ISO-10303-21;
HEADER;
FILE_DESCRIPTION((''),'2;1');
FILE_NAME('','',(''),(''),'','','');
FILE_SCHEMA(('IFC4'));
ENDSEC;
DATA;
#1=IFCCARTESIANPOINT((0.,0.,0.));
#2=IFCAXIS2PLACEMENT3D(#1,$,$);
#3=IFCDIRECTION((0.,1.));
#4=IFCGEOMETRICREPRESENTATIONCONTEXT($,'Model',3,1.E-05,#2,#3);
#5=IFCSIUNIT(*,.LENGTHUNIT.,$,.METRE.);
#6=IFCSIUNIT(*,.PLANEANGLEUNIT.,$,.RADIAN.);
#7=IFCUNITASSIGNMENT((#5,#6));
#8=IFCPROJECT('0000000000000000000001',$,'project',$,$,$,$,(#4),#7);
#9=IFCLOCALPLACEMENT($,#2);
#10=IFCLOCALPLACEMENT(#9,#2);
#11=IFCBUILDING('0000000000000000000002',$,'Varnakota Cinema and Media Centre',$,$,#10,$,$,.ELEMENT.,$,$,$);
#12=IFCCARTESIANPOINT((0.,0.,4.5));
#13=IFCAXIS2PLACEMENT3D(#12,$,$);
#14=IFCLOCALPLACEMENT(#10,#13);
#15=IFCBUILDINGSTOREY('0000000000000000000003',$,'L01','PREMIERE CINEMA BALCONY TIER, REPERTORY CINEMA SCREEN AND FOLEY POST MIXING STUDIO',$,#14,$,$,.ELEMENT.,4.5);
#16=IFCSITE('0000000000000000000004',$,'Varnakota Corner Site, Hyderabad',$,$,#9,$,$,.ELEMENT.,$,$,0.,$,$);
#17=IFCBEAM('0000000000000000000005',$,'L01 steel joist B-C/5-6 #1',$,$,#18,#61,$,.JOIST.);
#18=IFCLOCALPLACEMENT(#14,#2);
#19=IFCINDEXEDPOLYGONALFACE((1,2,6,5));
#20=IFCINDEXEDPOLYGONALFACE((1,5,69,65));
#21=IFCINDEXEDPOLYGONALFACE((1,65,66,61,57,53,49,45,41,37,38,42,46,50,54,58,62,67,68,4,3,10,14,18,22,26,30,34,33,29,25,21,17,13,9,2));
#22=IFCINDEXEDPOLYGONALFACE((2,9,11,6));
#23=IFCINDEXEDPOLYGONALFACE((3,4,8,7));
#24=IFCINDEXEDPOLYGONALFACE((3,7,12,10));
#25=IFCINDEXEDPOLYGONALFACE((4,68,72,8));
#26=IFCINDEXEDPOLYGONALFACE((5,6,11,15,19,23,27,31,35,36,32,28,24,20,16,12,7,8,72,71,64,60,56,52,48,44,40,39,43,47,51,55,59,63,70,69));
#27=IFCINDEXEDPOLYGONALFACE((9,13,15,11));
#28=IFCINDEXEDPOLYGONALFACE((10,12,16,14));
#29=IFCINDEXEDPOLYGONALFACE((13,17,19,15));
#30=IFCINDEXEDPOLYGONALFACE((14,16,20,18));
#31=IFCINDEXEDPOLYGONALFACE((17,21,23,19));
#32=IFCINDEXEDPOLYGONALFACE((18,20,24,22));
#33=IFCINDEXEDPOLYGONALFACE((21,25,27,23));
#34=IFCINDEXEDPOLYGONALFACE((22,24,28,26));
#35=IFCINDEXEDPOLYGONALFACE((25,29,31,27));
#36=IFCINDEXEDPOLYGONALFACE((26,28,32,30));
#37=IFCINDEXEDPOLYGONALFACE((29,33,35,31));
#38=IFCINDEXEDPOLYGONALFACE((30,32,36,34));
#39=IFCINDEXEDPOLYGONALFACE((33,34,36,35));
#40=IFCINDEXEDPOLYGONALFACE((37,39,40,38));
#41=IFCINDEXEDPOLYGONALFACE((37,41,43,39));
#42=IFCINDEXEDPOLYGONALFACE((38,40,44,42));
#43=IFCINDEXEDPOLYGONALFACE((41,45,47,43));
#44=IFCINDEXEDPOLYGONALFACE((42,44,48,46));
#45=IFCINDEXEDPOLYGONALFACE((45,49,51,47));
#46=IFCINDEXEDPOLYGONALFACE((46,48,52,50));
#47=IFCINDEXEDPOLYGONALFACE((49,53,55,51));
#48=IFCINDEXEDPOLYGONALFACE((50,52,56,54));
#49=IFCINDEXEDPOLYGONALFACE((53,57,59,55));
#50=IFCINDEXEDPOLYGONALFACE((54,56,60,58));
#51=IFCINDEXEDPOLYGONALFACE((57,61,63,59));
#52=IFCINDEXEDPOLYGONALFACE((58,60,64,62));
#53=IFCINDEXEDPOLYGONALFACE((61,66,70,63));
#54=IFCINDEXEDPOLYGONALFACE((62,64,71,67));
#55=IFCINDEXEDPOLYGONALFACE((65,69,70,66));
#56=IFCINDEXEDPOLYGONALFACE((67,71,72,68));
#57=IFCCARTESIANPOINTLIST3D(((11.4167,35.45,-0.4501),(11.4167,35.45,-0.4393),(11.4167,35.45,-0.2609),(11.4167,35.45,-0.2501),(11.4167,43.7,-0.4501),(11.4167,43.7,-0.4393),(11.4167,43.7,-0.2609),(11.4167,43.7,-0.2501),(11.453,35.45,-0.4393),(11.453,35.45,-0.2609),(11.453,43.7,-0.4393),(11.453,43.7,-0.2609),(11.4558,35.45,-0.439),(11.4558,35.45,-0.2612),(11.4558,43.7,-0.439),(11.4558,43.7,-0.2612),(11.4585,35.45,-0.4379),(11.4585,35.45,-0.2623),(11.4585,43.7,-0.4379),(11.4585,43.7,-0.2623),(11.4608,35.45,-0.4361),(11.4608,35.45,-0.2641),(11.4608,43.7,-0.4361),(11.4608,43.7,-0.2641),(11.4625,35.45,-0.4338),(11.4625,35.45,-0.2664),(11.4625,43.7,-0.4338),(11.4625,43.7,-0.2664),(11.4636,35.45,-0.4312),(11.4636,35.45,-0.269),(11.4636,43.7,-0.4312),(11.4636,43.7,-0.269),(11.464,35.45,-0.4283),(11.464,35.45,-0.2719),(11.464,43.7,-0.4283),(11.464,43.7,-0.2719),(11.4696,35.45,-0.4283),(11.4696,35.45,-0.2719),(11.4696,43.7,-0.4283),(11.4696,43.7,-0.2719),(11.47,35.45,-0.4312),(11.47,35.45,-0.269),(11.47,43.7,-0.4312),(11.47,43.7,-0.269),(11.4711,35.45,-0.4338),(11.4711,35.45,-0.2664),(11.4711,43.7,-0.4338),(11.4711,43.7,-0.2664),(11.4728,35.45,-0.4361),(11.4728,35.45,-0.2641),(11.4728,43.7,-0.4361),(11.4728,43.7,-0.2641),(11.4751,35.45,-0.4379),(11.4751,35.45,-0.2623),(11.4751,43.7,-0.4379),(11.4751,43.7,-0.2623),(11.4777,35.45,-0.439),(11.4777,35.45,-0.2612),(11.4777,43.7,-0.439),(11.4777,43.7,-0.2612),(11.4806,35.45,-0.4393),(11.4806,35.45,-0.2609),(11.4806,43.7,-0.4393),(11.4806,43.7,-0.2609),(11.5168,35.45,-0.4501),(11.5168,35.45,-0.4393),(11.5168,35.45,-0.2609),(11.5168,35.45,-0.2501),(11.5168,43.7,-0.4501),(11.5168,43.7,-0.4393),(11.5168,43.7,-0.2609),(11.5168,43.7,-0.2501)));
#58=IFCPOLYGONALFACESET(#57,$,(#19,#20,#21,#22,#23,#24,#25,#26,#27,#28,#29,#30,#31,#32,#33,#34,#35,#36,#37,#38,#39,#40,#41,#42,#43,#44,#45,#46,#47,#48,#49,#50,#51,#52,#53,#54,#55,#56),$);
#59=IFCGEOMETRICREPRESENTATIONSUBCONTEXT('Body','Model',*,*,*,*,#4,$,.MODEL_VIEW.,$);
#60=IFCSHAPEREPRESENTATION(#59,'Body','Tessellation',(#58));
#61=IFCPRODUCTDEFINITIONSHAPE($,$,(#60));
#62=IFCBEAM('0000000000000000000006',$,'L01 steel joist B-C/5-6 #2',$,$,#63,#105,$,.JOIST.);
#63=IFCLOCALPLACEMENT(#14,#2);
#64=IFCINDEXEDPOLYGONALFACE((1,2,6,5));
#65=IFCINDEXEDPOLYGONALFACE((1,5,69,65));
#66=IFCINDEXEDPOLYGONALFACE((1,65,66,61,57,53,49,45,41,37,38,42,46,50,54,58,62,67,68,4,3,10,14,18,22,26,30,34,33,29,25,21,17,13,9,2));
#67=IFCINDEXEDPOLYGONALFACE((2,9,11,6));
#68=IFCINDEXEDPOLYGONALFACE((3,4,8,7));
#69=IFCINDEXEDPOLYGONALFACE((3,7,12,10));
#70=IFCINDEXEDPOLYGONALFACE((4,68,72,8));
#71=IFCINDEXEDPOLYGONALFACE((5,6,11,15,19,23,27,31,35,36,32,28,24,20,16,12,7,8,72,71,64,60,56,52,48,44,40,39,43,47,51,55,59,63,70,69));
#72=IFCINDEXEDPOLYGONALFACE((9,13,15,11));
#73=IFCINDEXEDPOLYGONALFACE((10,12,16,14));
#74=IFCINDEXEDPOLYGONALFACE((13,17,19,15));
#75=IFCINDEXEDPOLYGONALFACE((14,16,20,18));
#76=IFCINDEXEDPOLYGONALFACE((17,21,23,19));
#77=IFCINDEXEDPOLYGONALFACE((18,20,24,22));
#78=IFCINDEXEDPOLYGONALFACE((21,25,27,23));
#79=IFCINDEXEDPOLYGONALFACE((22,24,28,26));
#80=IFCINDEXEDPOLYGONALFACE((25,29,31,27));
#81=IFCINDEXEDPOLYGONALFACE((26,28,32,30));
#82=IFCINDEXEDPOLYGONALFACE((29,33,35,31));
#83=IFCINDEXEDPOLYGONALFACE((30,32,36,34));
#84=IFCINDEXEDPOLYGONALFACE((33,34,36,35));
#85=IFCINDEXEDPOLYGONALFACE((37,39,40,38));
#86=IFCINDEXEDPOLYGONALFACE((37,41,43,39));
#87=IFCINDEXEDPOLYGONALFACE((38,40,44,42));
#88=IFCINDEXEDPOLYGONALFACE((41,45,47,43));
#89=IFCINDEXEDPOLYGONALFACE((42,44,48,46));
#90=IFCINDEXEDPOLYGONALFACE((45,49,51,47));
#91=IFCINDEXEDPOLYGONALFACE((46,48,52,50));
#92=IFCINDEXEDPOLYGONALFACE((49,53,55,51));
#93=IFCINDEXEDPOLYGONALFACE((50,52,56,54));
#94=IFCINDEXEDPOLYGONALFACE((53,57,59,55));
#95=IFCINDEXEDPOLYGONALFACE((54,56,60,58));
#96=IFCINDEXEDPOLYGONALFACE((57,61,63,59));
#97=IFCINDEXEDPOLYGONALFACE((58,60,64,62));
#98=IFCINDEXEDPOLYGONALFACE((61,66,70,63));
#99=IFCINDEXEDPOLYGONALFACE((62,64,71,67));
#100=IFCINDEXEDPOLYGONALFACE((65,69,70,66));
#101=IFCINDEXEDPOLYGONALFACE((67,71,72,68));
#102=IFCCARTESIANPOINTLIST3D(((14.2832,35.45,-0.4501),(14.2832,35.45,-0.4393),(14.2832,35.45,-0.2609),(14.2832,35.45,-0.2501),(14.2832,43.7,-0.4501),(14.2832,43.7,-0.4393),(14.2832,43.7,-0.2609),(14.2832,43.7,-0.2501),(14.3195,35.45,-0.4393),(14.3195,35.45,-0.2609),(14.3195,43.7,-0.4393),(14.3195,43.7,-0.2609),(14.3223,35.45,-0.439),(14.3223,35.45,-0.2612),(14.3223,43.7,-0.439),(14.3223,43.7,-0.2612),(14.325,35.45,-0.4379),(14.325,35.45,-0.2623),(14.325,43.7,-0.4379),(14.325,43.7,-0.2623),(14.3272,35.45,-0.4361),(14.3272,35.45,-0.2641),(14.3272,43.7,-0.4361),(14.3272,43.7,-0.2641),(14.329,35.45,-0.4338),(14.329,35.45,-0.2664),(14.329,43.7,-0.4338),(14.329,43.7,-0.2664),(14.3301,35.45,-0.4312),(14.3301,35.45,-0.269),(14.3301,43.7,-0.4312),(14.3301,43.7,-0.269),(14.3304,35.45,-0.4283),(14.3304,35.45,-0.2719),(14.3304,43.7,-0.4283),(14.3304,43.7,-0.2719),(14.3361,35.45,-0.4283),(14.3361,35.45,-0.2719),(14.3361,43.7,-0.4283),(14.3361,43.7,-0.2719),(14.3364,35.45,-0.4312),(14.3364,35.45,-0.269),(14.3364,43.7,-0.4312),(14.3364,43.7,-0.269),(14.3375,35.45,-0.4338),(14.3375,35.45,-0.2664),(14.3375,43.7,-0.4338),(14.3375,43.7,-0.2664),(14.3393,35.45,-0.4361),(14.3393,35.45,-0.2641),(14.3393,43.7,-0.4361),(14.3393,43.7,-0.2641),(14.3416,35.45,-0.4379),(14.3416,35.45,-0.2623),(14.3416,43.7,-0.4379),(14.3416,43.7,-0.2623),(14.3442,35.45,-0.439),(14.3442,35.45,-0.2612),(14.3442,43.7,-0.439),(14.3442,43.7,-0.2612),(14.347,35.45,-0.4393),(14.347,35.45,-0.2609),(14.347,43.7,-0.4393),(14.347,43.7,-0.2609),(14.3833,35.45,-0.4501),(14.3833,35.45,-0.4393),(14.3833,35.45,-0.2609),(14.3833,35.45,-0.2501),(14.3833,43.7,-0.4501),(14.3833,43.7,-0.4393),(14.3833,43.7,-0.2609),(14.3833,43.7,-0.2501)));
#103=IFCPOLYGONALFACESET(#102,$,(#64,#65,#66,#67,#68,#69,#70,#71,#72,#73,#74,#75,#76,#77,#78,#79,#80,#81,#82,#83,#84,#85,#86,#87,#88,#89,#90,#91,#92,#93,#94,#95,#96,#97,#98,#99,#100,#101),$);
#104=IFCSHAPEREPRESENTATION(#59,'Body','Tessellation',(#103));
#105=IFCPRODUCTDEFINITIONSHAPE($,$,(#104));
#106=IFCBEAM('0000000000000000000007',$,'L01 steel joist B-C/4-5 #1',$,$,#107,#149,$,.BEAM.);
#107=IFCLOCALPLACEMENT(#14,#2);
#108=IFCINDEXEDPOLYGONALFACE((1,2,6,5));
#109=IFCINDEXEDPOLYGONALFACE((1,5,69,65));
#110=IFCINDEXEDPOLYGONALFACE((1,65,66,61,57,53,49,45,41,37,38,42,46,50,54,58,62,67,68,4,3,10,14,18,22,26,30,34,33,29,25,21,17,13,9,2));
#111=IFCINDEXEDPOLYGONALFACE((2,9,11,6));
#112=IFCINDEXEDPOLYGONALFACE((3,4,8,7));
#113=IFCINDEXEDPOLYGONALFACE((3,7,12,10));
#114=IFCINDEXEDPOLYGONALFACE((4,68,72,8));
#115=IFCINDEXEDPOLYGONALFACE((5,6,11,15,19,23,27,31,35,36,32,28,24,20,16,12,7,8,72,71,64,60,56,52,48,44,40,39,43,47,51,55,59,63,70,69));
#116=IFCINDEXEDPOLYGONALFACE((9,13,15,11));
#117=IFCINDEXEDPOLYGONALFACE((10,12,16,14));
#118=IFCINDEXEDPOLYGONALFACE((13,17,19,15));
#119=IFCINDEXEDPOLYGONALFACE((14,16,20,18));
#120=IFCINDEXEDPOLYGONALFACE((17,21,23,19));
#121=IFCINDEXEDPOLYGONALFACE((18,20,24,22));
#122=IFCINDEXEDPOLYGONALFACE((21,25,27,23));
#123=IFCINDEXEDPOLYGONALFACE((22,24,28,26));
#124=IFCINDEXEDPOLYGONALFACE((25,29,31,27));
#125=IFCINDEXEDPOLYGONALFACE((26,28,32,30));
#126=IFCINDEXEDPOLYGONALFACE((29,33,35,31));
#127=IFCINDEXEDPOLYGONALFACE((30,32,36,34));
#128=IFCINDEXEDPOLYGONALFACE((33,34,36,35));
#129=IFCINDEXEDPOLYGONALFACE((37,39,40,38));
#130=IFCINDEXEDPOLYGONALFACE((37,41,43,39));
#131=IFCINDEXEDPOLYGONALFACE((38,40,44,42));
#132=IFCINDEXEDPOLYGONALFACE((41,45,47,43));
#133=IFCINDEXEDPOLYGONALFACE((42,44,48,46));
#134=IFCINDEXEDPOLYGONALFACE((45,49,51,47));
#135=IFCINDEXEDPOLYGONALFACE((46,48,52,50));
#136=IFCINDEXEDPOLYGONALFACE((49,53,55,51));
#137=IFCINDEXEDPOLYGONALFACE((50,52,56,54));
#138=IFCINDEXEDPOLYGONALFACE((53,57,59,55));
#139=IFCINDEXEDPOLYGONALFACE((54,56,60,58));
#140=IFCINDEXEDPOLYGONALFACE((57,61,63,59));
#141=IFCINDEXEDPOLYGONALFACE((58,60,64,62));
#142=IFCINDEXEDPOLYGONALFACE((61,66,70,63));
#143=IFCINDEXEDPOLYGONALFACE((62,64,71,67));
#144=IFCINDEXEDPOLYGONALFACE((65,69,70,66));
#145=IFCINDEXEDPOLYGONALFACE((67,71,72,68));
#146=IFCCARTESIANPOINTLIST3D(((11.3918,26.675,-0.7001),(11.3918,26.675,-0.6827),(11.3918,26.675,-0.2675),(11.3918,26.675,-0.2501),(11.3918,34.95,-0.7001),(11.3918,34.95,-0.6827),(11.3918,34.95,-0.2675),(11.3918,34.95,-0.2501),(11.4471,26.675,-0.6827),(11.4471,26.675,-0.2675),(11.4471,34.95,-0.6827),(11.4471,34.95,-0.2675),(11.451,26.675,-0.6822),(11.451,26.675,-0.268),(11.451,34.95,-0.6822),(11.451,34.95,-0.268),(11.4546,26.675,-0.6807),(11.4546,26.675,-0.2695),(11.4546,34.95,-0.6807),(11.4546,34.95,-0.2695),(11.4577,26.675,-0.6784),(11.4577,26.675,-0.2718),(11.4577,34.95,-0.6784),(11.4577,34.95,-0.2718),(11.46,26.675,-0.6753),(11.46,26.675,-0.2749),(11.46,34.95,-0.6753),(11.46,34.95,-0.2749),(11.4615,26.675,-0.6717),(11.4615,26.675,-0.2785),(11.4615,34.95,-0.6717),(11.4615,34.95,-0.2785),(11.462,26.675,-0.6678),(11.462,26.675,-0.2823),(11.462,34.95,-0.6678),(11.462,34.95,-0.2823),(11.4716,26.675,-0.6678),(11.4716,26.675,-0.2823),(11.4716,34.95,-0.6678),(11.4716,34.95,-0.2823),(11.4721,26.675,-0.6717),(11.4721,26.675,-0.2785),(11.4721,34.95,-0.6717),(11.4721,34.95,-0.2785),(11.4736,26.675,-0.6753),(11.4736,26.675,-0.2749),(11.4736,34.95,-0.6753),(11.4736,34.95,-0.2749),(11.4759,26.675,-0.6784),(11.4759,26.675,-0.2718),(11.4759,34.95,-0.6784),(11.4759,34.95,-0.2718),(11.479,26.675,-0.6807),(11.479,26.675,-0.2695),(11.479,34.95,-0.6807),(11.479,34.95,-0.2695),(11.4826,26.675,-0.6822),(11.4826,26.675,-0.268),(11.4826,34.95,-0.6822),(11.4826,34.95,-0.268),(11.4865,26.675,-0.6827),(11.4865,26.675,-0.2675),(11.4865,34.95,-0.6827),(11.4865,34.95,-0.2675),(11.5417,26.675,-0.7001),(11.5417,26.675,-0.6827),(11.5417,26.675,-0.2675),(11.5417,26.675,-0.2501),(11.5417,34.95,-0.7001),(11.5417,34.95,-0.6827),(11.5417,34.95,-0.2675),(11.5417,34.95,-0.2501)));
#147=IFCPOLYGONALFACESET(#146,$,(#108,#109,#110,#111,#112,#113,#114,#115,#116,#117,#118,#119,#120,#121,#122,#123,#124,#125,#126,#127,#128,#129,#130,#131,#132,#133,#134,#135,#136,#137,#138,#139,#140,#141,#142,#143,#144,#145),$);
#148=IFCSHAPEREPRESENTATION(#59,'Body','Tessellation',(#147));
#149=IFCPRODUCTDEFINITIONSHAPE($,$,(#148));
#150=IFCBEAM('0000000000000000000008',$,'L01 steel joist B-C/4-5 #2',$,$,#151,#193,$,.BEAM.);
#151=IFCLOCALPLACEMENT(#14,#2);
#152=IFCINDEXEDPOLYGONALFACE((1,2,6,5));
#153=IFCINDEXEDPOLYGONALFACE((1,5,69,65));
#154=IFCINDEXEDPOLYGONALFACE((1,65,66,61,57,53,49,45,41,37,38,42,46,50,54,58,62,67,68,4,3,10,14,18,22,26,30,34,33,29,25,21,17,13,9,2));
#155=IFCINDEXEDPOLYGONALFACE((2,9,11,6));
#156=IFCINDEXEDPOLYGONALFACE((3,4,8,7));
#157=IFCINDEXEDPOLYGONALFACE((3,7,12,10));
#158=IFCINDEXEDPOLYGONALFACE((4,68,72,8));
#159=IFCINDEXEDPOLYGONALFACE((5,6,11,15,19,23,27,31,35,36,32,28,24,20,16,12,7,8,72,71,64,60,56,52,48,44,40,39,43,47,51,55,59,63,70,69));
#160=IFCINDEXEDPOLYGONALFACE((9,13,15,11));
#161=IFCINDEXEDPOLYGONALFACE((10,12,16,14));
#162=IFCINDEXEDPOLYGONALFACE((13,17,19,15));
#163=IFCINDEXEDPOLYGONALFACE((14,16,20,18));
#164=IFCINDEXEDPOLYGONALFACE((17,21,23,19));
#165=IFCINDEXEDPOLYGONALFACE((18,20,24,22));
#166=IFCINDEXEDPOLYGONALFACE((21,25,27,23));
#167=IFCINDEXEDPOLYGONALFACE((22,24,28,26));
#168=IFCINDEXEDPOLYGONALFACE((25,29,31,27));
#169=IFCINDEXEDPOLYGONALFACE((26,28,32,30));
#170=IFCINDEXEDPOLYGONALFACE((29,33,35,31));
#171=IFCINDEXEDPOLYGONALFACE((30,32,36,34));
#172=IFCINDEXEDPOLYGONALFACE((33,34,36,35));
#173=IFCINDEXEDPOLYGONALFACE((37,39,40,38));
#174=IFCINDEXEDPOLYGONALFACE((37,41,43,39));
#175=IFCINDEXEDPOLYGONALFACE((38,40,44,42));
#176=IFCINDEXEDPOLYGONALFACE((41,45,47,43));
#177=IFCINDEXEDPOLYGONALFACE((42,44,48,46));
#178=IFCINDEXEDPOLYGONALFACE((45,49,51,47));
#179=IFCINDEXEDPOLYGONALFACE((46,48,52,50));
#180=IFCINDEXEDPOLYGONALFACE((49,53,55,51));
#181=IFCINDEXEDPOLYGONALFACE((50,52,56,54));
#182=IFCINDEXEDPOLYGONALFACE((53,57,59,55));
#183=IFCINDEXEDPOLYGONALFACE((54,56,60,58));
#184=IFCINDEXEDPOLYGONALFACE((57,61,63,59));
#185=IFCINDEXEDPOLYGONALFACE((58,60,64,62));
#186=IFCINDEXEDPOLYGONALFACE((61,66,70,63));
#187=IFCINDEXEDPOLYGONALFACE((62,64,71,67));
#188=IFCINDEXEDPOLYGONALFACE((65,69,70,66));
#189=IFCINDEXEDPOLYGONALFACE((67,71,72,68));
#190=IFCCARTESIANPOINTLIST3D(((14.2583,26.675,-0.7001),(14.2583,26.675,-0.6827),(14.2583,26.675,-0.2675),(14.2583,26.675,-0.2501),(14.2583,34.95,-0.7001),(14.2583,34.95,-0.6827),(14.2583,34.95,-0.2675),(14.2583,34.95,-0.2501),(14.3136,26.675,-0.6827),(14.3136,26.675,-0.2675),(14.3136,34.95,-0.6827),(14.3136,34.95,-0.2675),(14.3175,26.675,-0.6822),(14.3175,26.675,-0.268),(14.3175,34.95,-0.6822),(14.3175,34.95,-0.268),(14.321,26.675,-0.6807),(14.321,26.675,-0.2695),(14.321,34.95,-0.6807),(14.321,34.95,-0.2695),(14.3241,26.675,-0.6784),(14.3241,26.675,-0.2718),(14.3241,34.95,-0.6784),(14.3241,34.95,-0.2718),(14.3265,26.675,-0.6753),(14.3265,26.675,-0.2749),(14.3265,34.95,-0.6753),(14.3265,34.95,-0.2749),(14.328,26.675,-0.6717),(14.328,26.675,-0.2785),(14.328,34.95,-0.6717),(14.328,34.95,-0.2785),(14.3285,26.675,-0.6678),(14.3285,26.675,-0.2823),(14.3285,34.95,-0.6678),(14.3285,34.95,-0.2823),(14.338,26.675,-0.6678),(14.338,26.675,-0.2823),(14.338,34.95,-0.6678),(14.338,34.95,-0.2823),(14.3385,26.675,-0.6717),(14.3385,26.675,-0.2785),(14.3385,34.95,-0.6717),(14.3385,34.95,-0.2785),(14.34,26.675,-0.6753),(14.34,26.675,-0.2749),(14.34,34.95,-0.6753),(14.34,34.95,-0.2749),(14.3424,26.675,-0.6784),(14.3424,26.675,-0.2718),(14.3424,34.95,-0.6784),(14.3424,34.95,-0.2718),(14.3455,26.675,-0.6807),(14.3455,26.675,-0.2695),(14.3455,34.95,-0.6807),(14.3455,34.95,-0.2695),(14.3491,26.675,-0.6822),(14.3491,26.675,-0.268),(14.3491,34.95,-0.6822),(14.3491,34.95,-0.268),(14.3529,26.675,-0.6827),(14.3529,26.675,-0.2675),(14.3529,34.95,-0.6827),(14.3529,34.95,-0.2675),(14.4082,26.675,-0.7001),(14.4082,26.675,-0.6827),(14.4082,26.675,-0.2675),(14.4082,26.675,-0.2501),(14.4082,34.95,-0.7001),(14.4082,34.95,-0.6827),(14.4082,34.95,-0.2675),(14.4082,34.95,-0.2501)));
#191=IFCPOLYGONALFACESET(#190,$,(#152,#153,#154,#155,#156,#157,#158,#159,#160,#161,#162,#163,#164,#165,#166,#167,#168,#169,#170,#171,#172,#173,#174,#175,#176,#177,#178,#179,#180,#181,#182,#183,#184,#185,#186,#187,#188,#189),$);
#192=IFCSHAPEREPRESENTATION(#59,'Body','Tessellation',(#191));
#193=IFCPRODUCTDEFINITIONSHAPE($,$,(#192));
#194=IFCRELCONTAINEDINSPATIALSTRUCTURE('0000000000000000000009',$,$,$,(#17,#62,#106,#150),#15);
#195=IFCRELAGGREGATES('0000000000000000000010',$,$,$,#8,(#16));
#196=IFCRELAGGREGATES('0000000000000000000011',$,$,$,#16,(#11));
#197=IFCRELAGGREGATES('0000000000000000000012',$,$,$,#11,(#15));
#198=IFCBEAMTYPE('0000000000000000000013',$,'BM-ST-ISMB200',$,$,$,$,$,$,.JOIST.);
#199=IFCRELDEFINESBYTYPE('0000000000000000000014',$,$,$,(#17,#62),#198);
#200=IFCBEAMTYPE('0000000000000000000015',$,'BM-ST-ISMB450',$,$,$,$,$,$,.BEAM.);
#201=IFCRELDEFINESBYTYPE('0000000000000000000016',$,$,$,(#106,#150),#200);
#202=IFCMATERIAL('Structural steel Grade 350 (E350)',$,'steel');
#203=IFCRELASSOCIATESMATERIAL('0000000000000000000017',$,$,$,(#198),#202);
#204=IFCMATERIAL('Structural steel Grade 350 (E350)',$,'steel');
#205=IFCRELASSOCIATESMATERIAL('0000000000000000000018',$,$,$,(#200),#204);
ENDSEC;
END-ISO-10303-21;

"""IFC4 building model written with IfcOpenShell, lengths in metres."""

from ifc_helpers import new_model, si_unit, direction, frame, origin, origin_2d, place, context, subcontext, project, spatial, i_section, extrude, material, material_profile, profile_set, type_object, element, save


model = new_model("IFC4")

# Units and contexts
model_context = context("Model", 3, precision=1e-05, world=origin(), true_north=direction((0.0, 1.0)))
body_context = subcontext(model_context, "Body", "Model", "MODEL_VIEW")
ifc_project = project(units=[si_unit("LENGTHUNIT", "METRE"), si_unit("PLANEANGLEUNIT", "RADIAN")], contexts=[model_context])

# Site, building, storey
site_placement = place(None, origin())
site = spatial("IfcSite", under=ifc_project, at=site_placement, Name="Varnakota Corner Site, Hyderabad", CompositionType="ELEMENT", RefElevation=0.0)
building_placement = place(site_placement, origin())
building = spatial("IfcBuilding", under=site, at=building_placement, Name="Varnakota Cinema and Media Centre", CompositionType="ELEMENT")
storey_placement = place(building_placement, frame((0.0, 0.0, 4.5)))
storey = spatial("IfcBuildingStorey", under=building, at=storey_placement, Name="L01", Description="PREMIERE CINEMA BALCONY TIER, REPERTORY CINEMA SCREEN AND FOLEY POST MIXING STUDIO", CompositionType="ELEMENT", Elevation=4.5)

# Beams
ifc_material_1 = material(Name="Structural steel Grade 350 (E350)", Category="steel")
ifc_material_profile_1 = material_profile(ifc_material_1, i_section(OverallWidth=0.1001, OverallDepth=0.2, WebThickness=0.0056, FlangeThickness=0.0107, FilletRadius=0.011, at=origin_2d()), Name="ISMB 200")
ifc_profile_set_1 = profile_set([ifc_material_profile_1], Name="Structural steel Grade 350 (E350)")
beam_type_1 = type_object("IfcBeamType", Name="BM-ST-ISMB200", PredefinedType="JOIST", material=ifc_profile_set_1)
for number, where, z_axis, x_axis, name in (
    (1, (11.4668, 35.45, -0.3501), (0.0, 1.0, 0.0), (-1.0, 0.0, 0.0), "L01 steel joist B-C/5-6 #1"),
    (2, (14.3333, 35.45, -0.3501), (0.0, 1.0, 0.0), (-1.0, 0.0, 0.0), "L01 steel joist B-C/5-6 #2"),
):
    element("IfcBeam", number, at=place(storey_placement, frame(where, z_axis=z_axis, x_axis=x_axis)), inside=storey, type_object=beam_type_1, Name=name, PredefinedType="JOIST", context=body_context, shape_type="SweptSolid", body=[
        extrude(i_section(OverallWidth=0.1001, OverallDepth=0.2, WebThickness=0.0056, FlangeThickness=0.0107, FilletRadius=0.011, at=origin_2d()), origin(), (0.0, 0.0, 1.0), 8.25),
    ])
ifc_material_2 = material(Name="Structural steel Grade 350 (E350)", Category="steel")
ifc_material_profile_2 = material_profile(ifc_material_2, i_section(OverallWidth=0.1499, OverallDepth=0.45, WebThickness=0.0095, FlangeThickness=0.0173, FilletRadius=0.0149, at=origin_2d()), Name="ISMB 450")
ifc_profile_set_2 = profile_set([ifc_material_profile_2], Name="Structural steel Grade 350 (E350)")
beam_type_2 = type_object("IfcBeamType", Name="BM-ST-ISMB450", PredefinedType="BEAM", material=ifc_profile_set_2)
for number, where, z_axis, x_axis, name in (
    (3, (11.4668, 26.675, -0.4751), (0.0, 1.0, 0.0), (-1.0, 0.0, 0.0), "L01 steel joist B-C/4-5 #1"),
    (4, (14.3333, 26.675, -0.4751), (0.0, 1.0, 0.0), (-1.0, 0.0, 0.0), "L01 steel joist B-C/4-5 #2"),
):
    element("IfcBeam", number, at=place(storey_placement, frame(where, z_axis=z_axis, x_axis=x_axis)), inside=storey, type_object=beam_type_2, Name=name, PredefinedType="BEAM", context=body_context, shape_type="SweptSolid", body=[
        extrude(i_section(OverallWidth=0.1499, OverallDepth=0.45, WebThickness=0.0095, FlangeThickness=0.0173, FilletRadius=0.0149, at=origin_2d()), origin(), (0.0, 0.0, 1.0), 8.2749),
    ])

save(model, "model.ifc")
